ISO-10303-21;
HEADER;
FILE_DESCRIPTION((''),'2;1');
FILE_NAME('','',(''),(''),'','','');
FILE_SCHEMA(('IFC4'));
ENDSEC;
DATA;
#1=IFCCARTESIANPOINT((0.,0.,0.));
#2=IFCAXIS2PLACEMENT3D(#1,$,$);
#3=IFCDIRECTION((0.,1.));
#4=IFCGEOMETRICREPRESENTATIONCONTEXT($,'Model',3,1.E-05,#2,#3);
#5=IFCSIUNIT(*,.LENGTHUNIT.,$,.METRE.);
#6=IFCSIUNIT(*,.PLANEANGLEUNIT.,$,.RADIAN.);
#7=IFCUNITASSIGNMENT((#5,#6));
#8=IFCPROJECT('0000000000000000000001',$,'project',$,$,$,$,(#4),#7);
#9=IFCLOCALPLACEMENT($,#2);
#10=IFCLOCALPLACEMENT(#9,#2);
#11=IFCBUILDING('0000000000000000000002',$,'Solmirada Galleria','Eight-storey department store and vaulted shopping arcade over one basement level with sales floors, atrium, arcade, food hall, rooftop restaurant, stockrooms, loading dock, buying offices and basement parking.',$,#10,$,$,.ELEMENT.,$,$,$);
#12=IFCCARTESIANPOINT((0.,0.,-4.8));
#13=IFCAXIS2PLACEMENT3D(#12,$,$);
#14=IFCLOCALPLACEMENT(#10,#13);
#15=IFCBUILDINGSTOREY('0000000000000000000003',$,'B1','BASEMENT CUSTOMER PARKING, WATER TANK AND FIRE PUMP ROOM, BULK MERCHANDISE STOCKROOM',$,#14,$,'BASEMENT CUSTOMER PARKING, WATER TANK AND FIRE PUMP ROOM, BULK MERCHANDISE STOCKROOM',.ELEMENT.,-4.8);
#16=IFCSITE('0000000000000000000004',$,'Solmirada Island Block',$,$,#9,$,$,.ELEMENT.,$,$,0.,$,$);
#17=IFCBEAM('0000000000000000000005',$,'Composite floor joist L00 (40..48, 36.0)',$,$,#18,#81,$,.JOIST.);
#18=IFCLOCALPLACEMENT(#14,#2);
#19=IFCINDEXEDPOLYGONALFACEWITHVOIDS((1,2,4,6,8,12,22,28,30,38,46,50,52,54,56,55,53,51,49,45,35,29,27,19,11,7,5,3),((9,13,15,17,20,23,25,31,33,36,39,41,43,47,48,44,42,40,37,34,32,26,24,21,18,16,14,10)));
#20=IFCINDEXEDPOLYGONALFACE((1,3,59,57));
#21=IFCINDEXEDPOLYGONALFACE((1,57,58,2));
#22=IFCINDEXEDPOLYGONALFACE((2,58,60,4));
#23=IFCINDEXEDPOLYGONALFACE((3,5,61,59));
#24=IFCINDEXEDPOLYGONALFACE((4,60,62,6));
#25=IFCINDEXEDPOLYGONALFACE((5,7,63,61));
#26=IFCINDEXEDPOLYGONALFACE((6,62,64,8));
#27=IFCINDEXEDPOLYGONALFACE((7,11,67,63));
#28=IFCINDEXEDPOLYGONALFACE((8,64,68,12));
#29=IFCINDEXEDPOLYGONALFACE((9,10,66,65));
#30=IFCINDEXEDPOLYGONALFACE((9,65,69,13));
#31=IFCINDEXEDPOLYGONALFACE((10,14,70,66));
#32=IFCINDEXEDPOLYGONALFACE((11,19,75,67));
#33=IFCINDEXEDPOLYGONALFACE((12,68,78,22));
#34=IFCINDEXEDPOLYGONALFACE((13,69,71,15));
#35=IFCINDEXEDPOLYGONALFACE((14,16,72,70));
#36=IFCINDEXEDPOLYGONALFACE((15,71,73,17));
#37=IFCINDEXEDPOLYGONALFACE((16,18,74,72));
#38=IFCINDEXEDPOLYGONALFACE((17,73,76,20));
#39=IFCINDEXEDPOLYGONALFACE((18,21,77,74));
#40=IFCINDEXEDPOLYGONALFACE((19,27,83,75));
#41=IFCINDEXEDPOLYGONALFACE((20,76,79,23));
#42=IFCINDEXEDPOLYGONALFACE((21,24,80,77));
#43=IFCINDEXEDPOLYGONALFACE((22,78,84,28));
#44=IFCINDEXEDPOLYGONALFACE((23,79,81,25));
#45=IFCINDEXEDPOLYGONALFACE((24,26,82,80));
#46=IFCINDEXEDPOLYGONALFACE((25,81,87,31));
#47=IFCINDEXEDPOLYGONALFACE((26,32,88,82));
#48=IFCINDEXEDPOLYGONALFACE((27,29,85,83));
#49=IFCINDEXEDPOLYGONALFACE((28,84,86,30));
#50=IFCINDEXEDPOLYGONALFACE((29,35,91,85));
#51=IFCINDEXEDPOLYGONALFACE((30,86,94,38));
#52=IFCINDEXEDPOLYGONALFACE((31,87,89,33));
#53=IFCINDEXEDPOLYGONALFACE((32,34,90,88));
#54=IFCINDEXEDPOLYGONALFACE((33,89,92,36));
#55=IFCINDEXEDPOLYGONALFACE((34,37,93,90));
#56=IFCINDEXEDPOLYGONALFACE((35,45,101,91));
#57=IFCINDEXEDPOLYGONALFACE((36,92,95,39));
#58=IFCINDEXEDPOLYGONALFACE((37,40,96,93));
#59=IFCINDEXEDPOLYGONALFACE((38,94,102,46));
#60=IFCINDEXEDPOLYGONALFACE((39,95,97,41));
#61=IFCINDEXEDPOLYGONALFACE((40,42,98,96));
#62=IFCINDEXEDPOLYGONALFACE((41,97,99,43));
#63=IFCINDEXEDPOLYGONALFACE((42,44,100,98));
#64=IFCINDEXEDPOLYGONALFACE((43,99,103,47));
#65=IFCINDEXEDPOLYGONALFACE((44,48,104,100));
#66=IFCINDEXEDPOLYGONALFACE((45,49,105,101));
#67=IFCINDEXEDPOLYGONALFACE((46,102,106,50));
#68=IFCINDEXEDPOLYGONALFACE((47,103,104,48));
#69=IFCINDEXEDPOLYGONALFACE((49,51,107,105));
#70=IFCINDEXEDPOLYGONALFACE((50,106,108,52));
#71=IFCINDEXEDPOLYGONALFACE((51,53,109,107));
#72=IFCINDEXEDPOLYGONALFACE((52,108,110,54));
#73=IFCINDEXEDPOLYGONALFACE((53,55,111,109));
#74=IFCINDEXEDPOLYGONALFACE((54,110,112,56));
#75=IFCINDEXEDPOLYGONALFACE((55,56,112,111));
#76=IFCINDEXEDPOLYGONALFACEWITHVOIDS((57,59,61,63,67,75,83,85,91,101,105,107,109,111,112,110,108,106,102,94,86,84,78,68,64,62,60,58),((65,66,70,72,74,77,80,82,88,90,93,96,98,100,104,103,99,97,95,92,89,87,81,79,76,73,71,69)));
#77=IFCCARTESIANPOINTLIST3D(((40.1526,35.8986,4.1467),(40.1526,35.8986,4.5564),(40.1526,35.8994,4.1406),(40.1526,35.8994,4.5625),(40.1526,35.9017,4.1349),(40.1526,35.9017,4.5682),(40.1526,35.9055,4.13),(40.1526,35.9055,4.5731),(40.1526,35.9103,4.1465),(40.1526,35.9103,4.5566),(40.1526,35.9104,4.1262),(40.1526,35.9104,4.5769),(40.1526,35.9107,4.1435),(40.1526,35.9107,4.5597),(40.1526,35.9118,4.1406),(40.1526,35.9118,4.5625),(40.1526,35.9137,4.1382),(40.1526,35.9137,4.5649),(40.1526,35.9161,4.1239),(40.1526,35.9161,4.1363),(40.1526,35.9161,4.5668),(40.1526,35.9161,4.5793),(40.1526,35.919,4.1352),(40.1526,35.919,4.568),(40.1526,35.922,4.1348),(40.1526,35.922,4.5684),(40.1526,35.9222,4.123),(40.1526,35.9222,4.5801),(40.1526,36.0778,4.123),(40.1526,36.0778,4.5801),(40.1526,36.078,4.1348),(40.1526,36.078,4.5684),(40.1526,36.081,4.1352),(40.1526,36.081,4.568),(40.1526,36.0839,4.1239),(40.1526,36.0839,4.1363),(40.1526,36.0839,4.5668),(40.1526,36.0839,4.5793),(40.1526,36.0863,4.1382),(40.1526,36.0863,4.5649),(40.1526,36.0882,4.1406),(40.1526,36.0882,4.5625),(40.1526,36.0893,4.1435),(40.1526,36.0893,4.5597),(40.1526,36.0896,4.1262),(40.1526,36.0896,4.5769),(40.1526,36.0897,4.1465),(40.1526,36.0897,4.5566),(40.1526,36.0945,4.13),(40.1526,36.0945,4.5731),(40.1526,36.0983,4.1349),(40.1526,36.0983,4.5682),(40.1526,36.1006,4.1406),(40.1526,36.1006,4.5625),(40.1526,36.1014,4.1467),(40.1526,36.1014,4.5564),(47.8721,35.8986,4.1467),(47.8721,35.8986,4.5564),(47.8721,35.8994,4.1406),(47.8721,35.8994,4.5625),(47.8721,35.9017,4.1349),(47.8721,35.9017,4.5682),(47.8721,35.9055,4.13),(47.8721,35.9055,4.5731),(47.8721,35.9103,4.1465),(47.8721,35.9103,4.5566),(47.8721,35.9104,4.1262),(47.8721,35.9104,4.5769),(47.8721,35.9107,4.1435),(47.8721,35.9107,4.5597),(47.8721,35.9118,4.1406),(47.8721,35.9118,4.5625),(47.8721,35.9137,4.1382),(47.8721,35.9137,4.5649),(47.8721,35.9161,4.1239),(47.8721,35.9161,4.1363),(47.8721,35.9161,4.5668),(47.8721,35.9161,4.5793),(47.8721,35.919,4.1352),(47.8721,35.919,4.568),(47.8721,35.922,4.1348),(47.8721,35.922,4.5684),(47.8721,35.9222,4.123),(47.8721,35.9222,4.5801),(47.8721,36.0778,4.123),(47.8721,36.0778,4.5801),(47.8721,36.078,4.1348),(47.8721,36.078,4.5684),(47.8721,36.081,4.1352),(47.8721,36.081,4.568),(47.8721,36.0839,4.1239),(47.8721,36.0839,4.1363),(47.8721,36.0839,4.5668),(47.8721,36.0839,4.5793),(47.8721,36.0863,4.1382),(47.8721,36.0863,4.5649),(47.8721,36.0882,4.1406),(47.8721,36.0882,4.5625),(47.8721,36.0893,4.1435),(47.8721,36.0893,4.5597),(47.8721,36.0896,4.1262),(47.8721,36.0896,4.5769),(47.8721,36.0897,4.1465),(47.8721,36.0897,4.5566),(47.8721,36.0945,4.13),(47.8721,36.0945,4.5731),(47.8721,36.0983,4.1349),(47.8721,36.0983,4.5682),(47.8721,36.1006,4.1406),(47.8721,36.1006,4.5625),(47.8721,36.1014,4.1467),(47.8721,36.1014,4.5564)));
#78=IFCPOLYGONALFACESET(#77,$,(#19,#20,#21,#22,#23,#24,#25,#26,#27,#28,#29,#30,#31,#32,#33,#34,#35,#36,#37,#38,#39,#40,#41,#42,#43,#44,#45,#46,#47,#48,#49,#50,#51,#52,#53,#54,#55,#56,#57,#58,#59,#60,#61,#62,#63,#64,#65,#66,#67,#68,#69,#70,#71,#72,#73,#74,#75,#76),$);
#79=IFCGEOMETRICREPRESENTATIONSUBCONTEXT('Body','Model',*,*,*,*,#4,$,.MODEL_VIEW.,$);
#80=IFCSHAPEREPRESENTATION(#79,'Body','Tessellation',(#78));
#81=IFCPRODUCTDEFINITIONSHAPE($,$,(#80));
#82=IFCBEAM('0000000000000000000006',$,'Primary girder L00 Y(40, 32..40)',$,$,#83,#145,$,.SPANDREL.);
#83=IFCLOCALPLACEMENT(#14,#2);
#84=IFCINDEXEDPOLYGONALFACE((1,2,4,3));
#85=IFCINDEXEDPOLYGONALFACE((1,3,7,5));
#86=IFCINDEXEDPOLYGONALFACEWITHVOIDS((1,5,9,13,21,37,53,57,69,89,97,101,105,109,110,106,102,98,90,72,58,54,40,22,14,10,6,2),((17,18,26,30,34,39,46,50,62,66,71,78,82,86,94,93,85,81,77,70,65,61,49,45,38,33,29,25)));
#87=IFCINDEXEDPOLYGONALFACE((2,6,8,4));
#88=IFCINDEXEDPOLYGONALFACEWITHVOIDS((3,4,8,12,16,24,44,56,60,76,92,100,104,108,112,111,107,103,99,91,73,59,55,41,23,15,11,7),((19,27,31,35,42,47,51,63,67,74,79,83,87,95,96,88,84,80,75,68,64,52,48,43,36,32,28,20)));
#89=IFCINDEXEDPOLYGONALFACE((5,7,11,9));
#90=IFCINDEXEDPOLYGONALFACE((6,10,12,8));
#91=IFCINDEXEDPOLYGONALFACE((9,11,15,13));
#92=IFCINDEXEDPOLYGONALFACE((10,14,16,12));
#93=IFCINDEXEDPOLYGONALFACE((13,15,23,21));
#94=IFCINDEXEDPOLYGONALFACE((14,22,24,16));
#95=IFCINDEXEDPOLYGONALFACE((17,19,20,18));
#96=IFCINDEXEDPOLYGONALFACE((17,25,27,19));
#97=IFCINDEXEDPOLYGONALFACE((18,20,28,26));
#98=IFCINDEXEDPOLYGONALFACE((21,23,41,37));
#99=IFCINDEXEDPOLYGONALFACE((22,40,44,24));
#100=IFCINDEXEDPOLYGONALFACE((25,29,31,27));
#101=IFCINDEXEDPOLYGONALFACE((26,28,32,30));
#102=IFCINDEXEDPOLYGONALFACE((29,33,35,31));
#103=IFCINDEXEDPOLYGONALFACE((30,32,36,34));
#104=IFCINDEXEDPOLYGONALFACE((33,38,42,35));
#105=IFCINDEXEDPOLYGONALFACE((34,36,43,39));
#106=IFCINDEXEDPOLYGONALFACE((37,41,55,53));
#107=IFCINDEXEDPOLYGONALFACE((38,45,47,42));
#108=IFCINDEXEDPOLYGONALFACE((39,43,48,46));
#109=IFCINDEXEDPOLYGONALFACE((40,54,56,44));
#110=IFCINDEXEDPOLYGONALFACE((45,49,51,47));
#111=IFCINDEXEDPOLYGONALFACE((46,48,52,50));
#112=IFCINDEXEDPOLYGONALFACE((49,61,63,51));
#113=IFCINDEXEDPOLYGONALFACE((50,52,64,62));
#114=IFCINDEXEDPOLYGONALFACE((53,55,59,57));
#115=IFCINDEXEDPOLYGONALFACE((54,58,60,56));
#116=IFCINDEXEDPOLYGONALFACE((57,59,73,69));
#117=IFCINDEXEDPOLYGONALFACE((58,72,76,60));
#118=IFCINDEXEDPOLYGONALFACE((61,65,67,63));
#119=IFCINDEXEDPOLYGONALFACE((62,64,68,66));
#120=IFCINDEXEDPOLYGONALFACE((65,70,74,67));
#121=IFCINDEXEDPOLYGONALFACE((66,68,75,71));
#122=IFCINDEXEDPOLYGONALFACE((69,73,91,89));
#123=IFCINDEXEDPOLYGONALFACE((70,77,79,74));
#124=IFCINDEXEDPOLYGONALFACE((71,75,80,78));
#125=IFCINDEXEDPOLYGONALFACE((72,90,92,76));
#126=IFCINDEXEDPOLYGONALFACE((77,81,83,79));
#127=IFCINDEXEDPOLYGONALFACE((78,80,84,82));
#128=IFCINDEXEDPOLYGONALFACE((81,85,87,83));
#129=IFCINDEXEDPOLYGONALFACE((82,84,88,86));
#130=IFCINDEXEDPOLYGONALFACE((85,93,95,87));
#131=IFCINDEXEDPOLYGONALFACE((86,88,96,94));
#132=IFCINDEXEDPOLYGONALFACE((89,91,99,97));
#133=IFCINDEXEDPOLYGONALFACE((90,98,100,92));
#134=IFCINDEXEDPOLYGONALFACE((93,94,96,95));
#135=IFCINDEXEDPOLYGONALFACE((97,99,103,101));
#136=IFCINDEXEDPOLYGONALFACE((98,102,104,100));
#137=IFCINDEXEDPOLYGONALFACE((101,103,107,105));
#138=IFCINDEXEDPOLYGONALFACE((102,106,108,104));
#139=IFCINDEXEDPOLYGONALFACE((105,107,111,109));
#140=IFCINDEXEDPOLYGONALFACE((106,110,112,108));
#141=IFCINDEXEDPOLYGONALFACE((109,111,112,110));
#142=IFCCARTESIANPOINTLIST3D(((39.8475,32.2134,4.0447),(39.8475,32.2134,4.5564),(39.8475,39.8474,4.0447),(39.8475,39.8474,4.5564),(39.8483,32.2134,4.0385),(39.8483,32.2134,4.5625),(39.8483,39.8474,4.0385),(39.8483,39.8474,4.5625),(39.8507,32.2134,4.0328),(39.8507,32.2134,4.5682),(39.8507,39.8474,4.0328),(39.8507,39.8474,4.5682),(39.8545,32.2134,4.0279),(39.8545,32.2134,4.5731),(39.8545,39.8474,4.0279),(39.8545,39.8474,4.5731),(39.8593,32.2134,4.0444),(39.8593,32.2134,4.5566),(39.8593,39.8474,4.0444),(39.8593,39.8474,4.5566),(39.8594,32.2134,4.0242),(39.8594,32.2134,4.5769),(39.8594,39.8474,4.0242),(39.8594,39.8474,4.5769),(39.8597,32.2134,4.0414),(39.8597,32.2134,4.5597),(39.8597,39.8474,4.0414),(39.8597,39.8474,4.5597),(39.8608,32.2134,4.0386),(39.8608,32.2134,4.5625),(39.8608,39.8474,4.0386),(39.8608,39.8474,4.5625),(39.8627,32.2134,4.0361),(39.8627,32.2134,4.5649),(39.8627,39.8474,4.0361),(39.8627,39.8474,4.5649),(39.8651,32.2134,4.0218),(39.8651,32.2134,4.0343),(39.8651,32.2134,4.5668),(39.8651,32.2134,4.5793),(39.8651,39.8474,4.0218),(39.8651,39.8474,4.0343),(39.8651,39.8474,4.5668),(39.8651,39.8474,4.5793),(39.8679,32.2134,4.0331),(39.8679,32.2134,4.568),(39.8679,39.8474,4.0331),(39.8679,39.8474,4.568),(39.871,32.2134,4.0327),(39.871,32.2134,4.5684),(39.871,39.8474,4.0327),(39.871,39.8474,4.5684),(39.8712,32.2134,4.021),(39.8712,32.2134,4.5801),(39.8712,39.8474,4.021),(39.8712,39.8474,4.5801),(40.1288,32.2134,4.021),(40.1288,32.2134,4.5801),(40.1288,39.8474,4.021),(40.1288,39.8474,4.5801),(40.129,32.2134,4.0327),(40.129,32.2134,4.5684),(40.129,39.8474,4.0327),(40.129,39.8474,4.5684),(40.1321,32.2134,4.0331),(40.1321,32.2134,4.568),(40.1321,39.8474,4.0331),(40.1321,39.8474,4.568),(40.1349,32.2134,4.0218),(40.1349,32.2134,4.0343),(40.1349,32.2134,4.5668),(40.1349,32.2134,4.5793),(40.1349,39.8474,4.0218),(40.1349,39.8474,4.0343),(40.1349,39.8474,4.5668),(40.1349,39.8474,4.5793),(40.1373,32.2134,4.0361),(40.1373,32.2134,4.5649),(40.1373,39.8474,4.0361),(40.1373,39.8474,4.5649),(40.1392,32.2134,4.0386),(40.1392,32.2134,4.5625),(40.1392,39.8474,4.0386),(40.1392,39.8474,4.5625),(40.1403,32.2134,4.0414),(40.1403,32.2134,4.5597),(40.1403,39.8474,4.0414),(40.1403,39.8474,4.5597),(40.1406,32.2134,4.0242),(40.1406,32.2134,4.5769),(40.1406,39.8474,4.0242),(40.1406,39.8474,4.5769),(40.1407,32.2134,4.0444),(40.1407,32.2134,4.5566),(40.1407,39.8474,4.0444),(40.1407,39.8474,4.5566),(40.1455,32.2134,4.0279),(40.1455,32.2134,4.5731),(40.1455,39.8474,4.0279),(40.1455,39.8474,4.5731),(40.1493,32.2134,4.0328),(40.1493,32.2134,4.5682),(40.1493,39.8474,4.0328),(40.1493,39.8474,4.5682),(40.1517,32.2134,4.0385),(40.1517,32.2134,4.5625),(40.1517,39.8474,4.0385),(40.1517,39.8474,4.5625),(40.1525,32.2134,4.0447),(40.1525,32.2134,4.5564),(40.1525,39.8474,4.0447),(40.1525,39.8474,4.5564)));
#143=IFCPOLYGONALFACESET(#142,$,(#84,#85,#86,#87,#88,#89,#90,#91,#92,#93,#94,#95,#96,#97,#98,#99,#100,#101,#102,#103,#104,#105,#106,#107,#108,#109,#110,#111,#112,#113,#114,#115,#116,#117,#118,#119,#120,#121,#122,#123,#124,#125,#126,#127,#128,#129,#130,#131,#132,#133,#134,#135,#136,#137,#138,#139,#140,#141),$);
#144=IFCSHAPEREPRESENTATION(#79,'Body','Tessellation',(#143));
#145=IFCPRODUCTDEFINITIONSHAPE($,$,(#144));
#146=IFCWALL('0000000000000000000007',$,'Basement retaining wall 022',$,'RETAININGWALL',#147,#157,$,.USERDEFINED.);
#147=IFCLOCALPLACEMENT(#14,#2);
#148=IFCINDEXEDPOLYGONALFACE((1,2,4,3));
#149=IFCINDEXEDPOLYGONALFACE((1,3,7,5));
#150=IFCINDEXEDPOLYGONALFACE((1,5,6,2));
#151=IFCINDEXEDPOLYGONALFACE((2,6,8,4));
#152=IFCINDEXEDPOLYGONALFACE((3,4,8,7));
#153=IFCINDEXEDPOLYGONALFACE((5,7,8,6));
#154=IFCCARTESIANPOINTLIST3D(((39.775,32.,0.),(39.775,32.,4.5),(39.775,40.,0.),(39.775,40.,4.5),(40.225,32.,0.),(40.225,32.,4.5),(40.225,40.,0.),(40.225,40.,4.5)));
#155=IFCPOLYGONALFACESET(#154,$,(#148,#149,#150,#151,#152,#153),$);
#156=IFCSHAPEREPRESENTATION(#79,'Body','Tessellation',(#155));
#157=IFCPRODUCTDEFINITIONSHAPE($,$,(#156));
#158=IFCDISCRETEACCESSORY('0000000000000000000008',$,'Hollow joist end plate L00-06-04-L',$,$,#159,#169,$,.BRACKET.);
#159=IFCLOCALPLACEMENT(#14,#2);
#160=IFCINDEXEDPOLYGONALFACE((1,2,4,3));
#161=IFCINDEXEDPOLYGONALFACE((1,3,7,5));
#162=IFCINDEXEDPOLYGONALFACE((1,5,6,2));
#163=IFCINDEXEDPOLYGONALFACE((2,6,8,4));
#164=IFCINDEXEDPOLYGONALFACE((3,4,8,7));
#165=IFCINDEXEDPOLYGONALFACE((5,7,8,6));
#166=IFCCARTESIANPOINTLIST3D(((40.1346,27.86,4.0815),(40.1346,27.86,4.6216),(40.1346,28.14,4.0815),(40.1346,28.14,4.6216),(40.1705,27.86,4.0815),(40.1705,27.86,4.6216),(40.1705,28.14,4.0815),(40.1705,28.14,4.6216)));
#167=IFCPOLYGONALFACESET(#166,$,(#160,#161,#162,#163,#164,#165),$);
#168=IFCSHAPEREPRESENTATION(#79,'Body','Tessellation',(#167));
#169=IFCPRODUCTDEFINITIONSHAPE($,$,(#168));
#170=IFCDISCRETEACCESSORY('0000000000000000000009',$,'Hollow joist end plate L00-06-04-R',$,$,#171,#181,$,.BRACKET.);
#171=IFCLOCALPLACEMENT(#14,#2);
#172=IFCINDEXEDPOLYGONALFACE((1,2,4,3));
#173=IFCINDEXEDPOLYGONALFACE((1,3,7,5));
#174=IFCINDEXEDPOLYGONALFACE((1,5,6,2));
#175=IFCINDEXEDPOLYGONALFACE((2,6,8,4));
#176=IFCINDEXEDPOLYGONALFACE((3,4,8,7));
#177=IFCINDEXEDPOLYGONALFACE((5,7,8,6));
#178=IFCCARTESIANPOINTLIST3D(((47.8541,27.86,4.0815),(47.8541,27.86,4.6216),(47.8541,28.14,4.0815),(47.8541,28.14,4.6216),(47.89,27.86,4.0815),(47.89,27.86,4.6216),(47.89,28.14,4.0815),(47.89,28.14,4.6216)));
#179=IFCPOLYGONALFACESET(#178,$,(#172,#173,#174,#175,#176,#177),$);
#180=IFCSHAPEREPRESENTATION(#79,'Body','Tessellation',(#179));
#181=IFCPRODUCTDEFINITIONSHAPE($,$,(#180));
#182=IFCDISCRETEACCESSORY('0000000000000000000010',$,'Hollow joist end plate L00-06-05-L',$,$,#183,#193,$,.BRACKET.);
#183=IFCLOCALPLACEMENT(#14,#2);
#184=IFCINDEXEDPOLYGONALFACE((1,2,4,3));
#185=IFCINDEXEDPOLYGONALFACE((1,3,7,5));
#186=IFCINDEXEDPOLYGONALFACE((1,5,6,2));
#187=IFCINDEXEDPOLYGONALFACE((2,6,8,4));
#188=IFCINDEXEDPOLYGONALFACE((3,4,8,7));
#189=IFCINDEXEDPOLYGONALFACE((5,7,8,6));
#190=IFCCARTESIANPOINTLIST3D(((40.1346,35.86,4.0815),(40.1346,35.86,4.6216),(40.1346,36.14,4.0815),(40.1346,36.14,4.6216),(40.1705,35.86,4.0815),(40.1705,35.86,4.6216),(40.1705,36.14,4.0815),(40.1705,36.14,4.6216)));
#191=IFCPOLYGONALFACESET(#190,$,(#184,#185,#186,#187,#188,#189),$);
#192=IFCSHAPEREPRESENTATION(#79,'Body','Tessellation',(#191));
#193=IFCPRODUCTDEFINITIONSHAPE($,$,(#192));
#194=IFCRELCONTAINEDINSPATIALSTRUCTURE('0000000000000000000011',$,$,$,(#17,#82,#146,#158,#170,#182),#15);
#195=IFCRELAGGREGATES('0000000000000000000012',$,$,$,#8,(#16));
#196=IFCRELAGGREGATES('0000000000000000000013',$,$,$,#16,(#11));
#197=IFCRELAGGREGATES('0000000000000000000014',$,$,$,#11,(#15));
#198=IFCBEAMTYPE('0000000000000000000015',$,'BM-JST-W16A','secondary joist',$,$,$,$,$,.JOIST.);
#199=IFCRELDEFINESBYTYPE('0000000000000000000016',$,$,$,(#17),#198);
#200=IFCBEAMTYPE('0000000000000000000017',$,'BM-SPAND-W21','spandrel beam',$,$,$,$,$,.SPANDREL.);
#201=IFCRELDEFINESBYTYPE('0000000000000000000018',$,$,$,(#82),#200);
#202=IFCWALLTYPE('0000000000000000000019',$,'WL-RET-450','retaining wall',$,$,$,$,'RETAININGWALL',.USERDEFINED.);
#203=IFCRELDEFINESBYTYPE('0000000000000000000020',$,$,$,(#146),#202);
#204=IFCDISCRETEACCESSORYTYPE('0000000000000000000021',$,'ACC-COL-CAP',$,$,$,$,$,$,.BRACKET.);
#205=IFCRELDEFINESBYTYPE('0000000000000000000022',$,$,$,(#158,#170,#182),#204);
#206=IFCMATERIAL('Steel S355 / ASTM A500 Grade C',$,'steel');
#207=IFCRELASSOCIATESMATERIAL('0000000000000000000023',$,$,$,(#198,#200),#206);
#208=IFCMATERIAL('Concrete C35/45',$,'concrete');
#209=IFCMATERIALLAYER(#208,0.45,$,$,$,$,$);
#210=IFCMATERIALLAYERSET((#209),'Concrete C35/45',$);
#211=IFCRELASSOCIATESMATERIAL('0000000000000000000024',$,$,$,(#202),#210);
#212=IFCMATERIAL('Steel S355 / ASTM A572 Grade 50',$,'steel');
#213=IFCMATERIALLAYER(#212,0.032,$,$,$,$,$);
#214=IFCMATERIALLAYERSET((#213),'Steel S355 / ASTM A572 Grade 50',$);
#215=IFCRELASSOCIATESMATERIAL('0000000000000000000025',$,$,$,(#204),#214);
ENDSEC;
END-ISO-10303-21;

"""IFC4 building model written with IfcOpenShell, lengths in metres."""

from ifc_helpers import new_model, si_unit, direction, frame, frame_2d, origin, origin_2d, place, context, subcontext, project, spatial, rectangle, hollow_rectangle, extrude, material, layer, layer_set, material_profile, profile_set, type_object, element, save


model = new_model("IFC4")

# Units and contexts
model_context = context("Model", 3, precision=1e-05, world=origin(), true_north=direction((0.0, 1.0)))
body_context = subcontext(model_context, "Body", "Model", "MODEL_VIEW")
ifc_project = project(units=[si_unit("LENGTHUNIT", "METRE"), si_unit("PLANEANGLEUNIT", "RADIAN")], contexts=[model_context])

# Site, building, storey
site_placement = place(None, origin())
site = spatial("IfcSite", under=ifc_project, at=site_placement, Name="Solmirada Island Block", CompositionType="ELEMENT", RefElevation=0.0)
building_placement = place(site_placement, origin())
building = spatial("IfcBuilding", under=site, at=building_placement, Name="Solmirada Galleria", Description="Eight-storey department store and vaulted shopping arcade over one basement level with sales floors, atrium, arcade, food hall, rooftop restaurant, stockrooms, loading dock, buying offices and basement parking.", CompositionType="ELEMENT")
storey_placement = place(building_placement, frame((0.0, 0.0, -4.8)))
storey = spatial("IfcBuildingStorey", under=building, at=storey_placement, Name="B1", Description="BASEMENT CUSTOMER PARKING, WATER TANK AND FIRE PUMP ROOM, BULK MERCHANDISE STOCKROOM", LongName="BASEMENT CUSTOMER PARKING, WATER TANK AND FIRE PUMP ROOM, BULK MERCHANDISE STOCKROOM", CompositionType="ELEMENT", Elevation=-4.8)

# Shared definitions
ifc_material_1 = material(Name="Concrete C35/45", Category="concrete")

# Shared definitions
ifc_material_2 = material(Name="Steel S355 / ASTM A500 Grade C", Category="steel")

# Beams
ifc_material_profile_1 = material_profile(ifc_material_2, hollow_rectangle(XDim=0.2029, YDim=0.457, WallThickness=0.0117, InnerFilletRadius=0.0117, OuterFilletRadius=0.0237, at=origin_2d()), Name="HSS18X8X1/2")
ifc_profile_set_1 = profile_set([ifc_material_profile_1], Name="Steel S355 / ASTM A500 Grade C")
beam_type_1 = type_object("IfcBeamType", Name="BM-JST-W16A", Description="secondary joist", PredefinedType="JOIST", material=ifc_profile_set_1)
for number, where, z_axis, x_axis, name in (
    (1, (40.1526, 36.0, 4.3516), (1.0, 0.0, 0.0), (0.0, 1.0, 0.0), "Composite floor joist L00 (40..48, 36.0)"),
):
    element("IfcBeam", number, at=place(storey_placement, frame(where, z_axis=z_axis, x_axis=x_axis)), inside=storey, type_object=beam_type_1, Name=name, PredefinedType="JOIST", context=body_context, shape_type="SweptSolid", body=[
        extrude(hollow_rectangle(XDim=0.2029, YDim=0.457, WallThickness=0.0117, InnerFilletRadius=0.0117, OuterFilletRadius=0.0237, at=origin_2d()), origin(), (0.0, 0.0, 1.0), 7.7195),
    ])
ifc_material_profile_2 = material_profile(ifc_material_2, hollow_rectangle(XDim=0.3049, YDim=0.5591, WallThickness=0.0117, InnerFilletRadius=0.0117, OuterFilletRadius=0.0237, at=origin_2d()), Name="HSS22X12X1/2")
ifc_profile_set_2 = profile_set([ifc_material_profile_2], Name="Steel S355 / ASTM A500 Grade C")
beam_type_2 = type_object("IfcBeamType", Name="BM-SPAND-W21", Description="spandrel beam", PredefinedType="SPANDREL", material=ifc_profile_set_2)
beam_1_placement = place(storey_placement, frame((40.0, 32.2134, 4.3005), z_axis=(0.0, 1.0, 0.0), x_axis=(-1.0, 0.0, 0.0)))
element("IfcBeam", 2, at=beam_1_placement, inside=storey, type_object=beam_type_2, Name="Primary girder L00 Y(40, 32..40)", PredefinedType="SPANDREL", context=body_context, shape_type="SweptSolid", body=[
    extrude(hollow_rectangle(XDim=0.3049, YDim=0.5591, WallThickness=0.0117, InnerFilletRadius=0.0117, OuterFilletRadius=0.0237, at=origin_2d()), origin(), (0.0, 0.0, 1.0), 7.634),
])

# Wall
ifc_layer_1 = layer(ifc_material_1, 0.45)
ifc_layer_set_1 = layer_set([ifc_layer_1], Name="Concrete C35/45")
wall_type = type_object("IfcWallType", Name="WL-RET-450", Description="retaining wall", ElementType="RETAININGWALL", PredefinedType="USERDEFINED", material=ifc_layer_set_1)
wall_placement = place(storey_placement, frame((40.0, 32.0, 0.0), z_axis=(0.0, 0.0, 1.0), x_axis=(0.0, 1.0, 0.0)))
element("IfcWall", 3, at=wall_placement, inside=storey, type_object=wall_type, Name="Basement retaining wall 022", ObjectType="RETAININGWALL", PredefinedType="USERDEFINED", context=body_context, shape_type="SweptSolid", body=[
    extrude(rectangle(XDim=8.0, YDim=0.45, at=frame_2d((4.0, 0.0))), origin(), (0.0, 0.0, 1.0), 4.5),
])

# Discrete accessories
ifc_material_3 = material(Name="Steel S355 / ASTM A572 Grade 50", Category="steel")
ifc_layer_2 = layer(ifc_material_3, 0.032)
ifc_layer_set_2 = layer_set([ifc_layer_2], Name="Steel S355 / ASTM A572 Grade 50")
discrete_accessory_type = type_object("IfcDiscreteAccessoryType", Name="ACC-COL-CAP", PredefinedType="BRACKET", material=ifc_layer_set_2)
for number, where, z_axis, x_axis, name in (
    (4, (40.1526, 28.0, 4.0815), (0.0, 0.0, 1.0), (1.0, 0.0, 0.0), "Hollow joist end plate L00-06-04-L"),
    (5, (47.8721, 28.0, 4.0815), (0.0, 0.0, 1.0), (1.0, 0.0, 0.0), "Hollow joist end plate L00-06-04-R"),
    (6, (40.1526, 36.0, 4.0815), (0.0, 0.0, 1.0), (1.0, 0.0, 0.0), "Hollow joist end plate L00-06-05-L"),
):
    element("IfcDiscreteAccessory", number, at=place(storey_placement, frame(where, z_axis=z_axis, x_axis=x_axis)), inside=storey, type_object=discrete_accessory_type, Name=name, PredefinedType="BRACKET", context=body_context, shape_type="SweptSolid", body=[
        extrude(rectangle(XDim=0.0359, YDim=0.28, at=origin_2d()), origin(), (0.0, 0.0, 1.0), 0.54),
    ])

save(model, "model.ifc")
